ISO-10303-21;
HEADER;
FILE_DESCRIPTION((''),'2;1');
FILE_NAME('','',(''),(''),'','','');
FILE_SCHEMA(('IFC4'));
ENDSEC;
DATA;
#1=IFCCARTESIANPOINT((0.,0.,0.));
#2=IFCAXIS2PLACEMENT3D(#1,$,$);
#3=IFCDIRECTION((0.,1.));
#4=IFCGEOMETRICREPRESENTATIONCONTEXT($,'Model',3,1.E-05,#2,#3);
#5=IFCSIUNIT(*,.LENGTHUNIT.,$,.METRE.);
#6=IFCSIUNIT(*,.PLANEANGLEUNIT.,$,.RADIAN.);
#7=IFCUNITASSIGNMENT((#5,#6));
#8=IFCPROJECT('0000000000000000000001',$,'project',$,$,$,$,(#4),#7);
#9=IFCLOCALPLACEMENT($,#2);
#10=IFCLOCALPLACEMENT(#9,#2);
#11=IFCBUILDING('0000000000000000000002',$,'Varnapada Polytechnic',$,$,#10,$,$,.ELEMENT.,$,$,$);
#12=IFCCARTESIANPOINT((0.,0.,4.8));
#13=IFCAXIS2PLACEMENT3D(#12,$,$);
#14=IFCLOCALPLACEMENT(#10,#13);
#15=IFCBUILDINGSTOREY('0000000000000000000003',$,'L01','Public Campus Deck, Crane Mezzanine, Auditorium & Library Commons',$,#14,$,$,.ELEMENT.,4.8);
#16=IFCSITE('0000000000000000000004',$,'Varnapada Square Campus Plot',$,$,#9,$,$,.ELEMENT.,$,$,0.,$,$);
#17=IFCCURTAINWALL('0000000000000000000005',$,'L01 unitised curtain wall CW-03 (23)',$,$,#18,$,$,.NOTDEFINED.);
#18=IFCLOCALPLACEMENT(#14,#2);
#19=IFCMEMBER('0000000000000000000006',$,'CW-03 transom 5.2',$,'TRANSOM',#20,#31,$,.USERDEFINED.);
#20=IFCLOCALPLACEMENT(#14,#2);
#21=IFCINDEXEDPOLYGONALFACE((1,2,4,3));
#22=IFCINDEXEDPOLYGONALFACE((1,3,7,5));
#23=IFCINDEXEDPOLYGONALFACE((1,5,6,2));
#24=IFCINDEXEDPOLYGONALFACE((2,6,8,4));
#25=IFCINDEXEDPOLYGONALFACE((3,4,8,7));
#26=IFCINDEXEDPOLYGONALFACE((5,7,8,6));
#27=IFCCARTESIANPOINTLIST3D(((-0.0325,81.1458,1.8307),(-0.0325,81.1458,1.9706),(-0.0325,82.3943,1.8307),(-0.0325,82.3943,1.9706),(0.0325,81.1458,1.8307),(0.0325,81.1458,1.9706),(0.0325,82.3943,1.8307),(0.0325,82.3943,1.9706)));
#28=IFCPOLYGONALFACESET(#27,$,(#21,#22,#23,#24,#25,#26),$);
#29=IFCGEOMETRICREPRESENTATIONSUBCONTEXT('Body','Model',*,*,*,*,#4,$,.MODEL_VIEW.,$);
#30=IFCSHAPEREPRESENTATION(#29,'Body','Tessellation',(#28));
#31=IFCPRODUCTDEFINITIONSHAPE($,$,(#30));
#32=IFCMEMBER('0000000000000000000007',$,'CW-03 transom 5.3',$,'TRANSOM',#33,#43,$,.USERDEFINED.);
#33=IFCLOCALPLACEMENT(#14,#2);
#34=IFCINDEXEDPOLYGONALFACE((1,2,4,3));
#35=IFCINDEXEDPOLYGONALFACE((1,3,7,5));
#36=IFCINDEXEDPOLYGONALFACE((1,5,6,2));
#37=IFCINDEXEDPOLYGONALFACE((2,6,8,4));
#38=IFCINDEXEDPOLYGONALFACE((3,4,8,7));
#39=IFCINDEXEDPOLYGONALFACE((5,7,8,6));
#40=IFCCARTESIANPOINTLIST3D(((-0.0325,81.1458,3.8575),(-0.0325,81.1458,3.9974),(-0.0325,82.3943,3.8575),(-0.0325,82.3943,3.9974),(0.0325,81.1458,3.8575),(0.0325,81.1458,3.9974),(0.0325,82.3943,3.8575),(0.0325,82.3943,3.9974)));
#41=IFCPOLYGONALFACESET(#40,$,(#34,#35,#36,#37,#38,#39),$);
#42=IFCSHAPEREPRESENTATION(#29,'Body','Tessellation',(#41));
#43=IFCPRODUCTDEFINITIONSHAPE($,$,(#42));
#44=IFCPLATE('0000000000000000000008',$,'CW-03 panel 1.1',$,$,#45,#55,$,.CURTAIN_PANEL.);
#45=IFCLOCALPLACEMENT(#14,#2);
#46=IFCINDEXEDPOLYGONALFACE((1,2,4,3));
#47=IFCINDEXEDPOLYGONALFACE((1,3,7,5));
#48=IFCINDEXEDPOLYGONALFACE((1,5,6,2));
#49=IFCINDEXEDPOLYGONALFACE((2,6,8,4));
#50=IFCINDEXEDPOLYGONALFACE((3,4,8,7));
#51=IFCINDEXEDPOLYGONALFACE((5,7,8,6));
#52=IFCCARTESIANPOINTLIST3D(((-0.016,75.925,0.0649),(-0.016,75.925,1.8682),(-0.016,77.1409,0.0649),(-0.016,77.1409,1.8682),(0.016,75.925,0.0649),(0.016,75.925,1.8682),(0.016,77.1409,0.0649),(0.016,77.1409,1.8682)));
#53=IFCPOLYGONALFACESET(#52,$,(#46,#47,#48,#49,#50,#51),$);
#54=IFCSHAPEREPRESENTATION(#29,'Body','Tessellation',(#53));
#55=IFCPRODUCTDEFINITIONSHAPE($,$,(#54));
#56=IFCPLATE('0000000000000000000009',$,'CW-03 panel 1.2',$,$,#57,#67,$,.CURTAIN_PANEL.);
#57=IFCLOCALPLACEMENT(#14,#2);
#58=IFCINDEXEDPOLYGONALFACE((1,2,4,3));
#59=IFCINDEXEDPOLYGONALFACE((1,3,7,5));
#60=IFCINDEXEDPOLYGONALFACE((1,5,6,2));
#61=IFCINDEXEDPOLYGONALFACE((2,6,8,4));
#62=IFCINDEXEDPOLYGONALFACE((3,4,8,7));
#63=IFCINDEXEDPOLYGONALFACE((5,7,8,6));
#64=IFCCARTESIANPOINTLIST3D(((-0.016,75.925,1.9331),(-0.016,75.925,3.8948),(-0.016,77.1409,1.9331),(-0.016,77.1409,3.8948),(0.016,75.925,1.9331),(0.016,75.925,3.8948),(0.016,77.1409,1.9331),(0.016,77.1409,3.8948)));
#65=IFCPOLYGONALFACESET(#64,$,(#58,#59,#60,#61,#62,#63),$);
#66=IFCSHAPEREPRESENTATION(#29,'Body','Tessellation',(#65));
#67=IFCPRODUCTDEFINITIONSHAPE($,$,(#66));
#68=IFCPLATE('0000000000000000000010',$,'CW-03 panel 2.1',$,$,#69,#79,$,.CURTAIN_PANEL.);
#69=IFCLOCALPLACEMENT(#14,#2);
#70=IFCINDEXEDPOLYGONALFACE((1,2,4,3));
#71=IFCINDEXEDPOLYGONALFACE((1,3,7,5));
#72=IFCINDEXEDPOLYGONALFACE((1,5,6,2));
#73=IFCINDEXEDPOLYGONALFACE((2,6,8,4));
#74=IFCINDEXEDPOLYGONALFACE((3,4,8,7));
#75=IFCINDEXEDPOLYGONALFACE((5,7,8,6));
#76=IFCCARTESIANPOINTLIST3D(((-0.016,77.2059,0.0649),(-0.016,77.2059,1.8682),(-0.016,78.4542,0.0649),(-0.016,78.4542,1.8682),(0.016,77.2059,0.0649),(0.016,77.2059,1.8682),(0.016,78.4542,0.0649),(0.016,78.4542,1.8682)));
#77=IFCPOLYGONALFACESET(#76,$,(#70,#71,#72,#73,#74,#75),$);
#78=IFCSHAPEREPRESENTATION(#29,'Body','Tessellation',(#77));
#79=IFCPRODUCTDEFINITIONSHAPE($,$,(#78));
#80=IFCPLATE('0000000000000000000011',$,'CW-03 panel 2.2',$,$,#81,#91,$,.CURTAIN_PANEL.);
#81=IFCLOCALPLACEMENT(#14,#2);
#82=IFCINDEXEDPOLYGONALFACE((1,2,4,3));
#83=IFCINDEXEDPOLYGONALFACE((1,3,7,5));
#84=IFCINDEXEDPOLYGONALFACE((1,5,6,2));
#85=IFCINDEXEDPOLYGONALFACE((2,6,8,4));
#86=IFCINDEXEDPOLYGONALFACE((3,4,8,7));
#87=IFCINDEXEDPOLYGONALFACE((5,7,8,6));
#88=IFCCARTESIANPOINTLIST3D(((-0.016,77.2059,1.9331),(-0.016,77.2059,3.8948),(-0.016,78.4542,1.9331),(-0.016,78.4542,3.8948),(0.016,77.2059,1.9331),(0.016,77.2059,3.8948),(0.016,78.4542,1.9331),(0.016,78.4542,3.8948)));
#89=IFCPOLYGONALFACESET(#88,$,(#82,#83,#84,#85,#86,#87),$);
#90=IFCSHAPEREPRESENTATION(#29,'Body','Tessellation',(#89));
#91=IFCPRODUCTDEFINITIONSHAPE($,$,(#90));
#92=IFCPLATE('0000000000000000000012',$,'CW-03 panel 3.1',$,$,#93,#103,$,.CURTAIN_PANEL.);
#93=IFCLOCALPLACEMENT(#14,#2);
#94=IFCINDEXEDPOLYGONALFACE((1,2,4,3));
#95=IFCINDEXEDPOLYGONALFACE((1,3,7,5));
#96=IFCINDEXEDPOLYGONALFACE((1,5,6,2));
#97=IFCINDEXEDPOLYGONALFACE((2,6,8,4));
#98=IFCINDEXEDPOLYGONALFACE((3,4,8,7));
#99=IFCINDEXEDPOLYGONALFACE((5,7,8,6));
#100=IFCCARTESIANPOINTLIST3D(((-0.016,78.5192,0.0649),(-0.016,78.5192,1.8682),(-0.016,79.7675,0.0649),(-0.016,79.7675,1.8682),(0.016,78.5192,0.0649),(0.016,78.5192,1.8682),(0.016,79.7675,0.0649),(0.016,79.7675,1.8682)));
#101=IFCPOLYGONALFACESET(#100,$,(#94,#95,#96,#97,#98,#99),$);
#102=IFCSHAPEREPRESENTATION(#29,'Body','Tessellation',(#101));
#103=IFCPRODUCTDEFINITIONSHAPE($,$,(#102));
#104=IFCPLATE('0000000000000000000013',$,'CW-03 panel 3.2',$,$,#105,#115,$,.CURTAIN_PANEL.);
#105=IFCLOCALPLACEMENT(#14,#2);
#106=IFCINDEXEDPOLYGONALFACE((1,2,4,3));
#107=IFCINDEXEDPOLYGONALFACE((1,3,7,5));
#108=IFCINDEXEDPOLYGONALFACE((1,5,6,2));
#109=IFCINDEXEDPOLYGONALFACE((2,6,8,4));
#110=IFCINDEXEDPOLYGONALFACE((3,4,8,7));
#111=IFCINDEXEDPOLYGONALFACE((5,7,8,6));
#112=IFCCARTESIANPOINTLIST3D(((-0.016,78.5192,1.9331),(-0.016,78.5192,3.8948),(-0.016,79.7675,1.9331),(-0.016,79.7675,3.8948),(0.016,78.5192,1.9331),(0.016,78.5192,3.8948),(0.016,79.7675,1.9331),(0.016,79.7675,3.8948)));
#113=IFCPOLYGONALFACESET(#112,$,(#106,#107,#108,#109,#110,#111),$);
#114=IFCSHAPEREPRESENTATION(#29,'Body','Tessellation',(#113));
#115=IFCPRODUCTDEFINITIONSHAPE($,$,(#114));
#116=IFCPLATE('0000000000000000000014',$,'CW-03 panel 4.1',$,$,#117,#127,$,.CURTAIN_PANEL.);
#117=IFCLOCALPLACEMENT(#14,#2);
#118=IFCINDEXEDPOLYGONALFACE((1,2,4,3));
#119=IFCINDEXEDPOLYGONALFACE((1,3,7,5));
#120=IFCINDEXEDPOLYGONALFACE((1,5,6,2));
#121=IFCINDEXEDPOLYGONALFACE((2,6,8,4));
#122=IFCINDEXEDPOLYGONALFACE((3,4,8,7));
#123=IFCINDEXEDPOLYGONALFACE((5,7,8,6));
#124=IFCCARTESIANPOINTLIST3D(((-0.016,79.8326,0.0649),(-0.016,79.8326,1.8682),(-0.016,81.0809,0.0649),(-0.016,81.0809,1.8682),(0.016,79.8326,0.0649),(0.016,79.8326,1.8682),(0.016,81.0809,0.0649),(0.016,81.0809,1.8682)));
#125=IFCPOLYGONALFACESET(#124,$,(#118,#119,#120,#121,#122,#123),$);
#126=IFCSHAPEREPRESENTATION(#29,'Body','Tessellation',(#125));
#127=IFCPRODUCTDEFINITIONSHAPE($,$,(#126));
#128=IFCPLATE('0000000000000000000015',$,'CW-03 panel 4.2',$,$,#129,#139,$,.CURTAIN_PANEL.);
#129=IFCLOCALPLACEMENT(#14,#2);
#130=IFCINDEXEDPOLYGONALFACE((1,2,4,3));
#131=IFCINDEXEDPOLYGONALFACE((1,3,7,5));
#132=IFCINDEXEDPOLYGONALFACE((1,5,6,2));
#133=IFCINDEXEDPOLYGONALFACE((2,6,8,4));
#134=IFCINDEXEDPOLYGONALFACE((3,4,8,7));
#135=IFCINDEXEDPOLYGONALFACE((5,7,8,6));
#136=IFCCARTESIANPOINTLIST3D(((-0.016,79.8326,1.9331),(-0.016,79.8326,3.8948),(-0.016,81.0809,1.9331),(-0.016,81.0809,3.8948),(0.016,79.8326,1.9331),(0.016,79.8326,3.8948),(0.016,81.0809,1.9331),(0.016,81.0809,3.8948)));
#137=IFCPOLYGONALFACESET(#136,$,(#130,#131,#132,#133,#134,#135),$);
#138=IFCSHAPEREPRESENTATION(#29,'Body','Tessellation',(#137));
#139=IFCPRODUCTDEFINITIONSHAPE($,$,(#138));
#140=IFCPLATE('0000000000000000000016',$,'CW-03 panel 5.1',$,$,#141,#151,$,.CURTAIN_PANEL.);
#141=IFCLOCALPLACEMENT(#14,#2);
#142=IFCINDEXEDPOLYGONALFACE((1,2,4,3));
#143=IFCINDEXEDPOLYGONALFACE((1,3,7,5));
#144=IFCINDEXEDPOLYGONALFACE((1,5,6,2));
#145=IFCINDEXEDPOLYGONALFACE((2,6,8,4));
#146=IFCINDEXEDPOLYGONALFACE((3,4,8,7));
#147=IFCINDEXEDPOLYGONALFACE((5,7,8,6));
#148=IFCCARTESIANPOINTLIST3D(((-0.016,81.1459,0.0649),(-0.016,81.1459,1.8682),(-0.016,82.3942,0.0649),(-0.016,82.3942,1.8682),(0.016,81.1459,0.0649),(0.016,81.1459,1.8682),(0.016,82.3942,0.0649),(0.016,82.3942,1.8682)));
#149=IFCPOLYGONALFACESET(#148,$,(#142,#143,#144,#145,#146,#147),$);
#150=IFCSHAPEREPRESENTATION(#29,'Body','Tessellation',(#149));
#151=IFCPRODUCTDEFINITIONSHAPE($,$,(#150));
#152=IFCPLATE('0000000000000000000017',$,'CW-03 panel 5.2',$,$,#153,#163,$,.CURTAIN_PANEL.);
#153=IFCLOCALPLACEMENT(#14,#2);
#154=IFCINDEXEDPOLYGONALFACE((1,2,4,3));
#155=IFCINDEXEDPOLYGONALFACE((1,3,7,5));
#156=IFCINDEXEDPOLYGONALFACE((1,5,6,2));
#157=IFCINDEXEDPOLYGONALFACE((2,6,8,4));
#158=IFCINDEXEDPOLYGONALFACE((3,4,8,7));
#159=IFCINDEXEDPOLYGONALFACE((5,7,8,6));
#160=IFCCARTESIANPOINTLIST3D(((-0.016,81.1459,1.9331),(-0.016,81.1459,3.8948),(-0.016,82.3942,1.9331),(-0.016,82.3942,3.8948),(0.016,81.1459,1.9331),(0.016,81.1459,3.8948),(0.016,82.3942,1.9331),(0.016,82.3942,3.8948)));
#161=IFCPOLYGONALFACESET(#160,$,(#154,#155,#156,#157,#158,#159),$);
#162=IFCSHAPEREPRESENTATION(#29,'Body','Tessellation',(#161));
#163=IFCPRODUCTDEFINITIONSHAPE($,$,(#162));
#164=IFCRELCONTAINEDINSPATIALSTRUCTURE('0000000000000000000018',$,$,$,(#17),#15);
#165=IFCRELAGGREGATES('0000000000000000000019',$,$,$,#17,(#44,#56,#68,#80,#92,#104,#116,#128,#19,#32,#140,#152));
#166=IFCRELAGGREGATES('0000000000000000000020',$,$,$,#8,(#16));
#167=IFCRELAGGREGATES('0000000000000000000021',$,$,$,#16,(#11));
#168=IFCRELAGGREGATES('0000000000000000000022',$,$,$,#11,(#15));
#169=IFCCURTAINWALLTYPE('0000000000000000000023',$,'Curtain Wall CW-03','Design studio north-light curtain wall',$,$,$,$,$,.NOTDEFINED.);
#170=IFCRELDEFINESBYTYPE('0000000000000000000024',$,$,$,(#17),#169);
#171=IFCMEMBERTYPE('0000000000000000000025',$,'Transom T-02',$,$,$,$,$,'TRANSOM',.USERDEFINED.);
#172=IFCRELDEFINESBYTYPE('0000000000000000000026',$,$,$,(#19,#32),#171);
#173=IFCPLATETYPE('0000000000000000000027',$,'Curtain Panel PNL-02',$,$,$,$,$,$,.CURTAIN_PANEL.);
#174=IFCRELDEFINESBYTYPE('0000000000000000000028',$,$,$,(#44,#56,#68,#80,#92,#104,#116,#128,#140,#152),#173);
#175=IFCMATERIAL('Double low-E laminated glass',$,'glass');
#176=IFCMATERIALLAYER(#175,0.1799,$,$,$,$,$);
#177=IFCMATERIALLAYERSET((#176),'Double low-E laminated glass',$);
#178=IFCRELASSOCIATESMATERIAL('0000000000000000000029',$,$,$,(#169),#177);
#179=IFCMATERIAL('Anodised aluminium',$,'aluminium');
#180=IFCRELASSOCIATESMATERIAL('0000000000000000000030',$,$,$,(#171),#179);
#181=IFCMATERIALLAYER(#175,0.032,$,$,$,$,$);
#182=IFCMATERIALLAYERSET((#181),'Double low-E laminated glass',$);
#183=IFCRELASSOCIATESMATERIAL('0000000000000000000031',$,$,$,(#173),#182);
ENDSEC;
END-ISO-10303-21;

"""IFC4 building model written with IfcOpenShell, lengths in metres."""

from ifc_helpers import new_model, si_unit, direction, frame, origin, origin_2d, place, context, subcontext, project, spatial, rectangle, extrude, material, layer, layer_set, material_profile, profile_set, type_object, element, aggregate, save


model = new_model("IFC4")

# Units and contexts
model_context = context("Model", 3, precision=1e-05, world=origin(), true_north=direction((0.0, 1.0)))
body_context = subcontext(model_context, "Body", "Model", "MODEL_VIEW")
ifc_project = project(units=[si_unit("LENGTHUNIT", "METRE"), si_unit("PLANEANGLEUNIT", "RADIAN")], contexts=[model_context])

# Site, building, storey
site_placement = place(None, origin())
site = spatial("IfcSite", under=ifc_project, at=site_placement, Name="Varnapada Square Campus Plot", CompositionType="ELEMENT", RefElevation=0.0)
building_placement = place(site_placement, origin())
building = spatial("IfcBuilding", under=site, at=building_placement, Name="Varnapada Polytechnic", CompositionType="ELEMENT")
storey_placement = place(building_placement, frame((0.0, 0.0, 4.8)))
storey = spatial("IfcBuildingStorey", under=building, at=storey_placement, Name="L01", Description="Public Campus Deck, Crane Mezzanine, Auditorium & Library Commons", CompositionType="ELEMENT", Elevation=4.8)

# Curtain wall, members, plates
ifc_material_1 = material(Name="Double low-E laminated glass", Category="glass")
ifc_layer_1 = layer(ifc_material_1, 0.1799)
ifc_layer_set_1 = layer_set([ifc_layer_1], Name="Double low-E laminated glass")
curtain_wall_type = type_object("IfcCurtainWallType", Name="Curtain Wall CW-03", Description="Design studio north-light curtain wall", PredefinedType="NOTDEFINED", material=ifc_layer_set_1)
curtain_wall_placement = place(storey_placement, origin())
curtain_wall = element("IfcCurtainWall", 1, at=curtain_wall_placement, inside=storey, type_object=curtain_wall_type, Name="L01 unitised curtain wall CW-03 (23)", PredefinedType="NOTDEFINED")
ifc_material_2 = material(Name="Anodised aluminium", Category="aluminium")
ifc_material_profile_1 = material_profile(ifc_material_2, rectangle(XDim=0.0649, YDim=0.1399, at=origin_2d()), Name="ALU T65x140")
ifc_profile_set_1 = profile_set([ifc_material_profile_1], Name="Anodised aluminium")
member_type_1 = type_object("IfcMemberType", Name="Transom T-02", ElementType="TRANSOM", PredefinedType="USERDEFINED", material=ifc_profile_set_1)
member_1_placement = place(storey_placement, frame((0.0, 81.1458, 1.9006), z_axis=(0.0, 1.0, 0.0), x_axis=(-1.0, 0.0, 0.0)))
member_1 = element("IfcMember", 2, at=member_1_placement, type_object=member_type_1, Name="CW-03 transom 5.2", ObjectType="TRANSOM", PredefinedType="USERDEFINED", context=body_context, shape_type="SweptSolid", body=[
    extrude(rectangle(XDim=0.0649, YDim=0.1399, at=origin_2d()), origin(), (0.0, 0.0, 1.0), 1.2485),
])
member_2_placement = place(storey_placement, frame((0.0, 81.1458, 3.9275), z_axis=(0.0, 1.0, 0.0), x_axis=(-1.0, 0.0, 0.0)))
member_2 = element("IfcMember", 3, at=member_2_placement, type_object=member_type_1, Name="CW-03 transom 5.3", ObjectType="TRANSOM", PredefinedType="USERDEFINED", context=body_context, shape_type="SweptSolid", body=[
    extrude(rectangle(XDim=0.0649, YDim=0.1399, at=origin_2d()), origin(), (0.0, 0.0, 1.0), 1.2485),
])
ifc_layer_2 = layer(ifc_material_1, 0.032)
ifc_layer_set_2 = layer_set([ifc_layer_2], Name="Double low-E laminated glass")
plate_type = type_object("IfcPlateType", Name="Curtain Panel PNL-02", PredefinedType="CURTAIN_PANEL", material=ifc_layer_set_2)
plate_1_placement = place(storey_placement, frame((0.0, 76.533, 0.0649), z_axis=(0.0, 0.0, 1.0), x_axis=(0.0, 1.0, 0.0)))
plate_1 = element("IfcPlate", 4, at=plate_1_placement, type_object=plate_type, Name="CW-03 panel 1.1", PredefinedType="CURTAIN_PANEL", context=body_context, shape_type="SweptSolid", body=[
    extrude(rectangle(XDim=1.2158, YDim=0.032, at=origin_2d()), origin(), (0.0, 0.0, 1.0), 1.8032),
])
plate_2_placement = place(storey_placement, frame((0.0, 76.533, 1.9331), z_axis=(0.0, 0.0, 1.0), x_axis=(0.0, 1.0, 0.0)))
plate_2 = element("IfcPlate", 5, at=plate_2_placement, type_object=plate_type, Name="CW-03 panel 1.2", PredefinedType="CURTAIN_PANEL", context=body_context, shape_type="SweptSolid", body=[
    extrude(rectangle(XDim=1.2158, YDim=0.032, at=origin_2d()), origin(), (0.0, 0.0, 1.0), 1.9617),
])
plate_3_placement = place(storey_placement, frame((0.0, 77.8301, 0.0649), z_axis=(0.0, 0.0, 1.0), x_axis=(0.0, 1.0, 0.0)))
plate_3 = element("IfcPlate", 6, at=plate_3_placement, type_object=plate_type, Name="CW-03 panel 2.1", PredefinedType="CURTAIN_PANEL", context=body_context, shape_type="SweptSolid", body=[
    extrude(rectangle(XDim=1.2483, YDim=0.032, at=origin_2d()), origin(), (0.0, 0.0, 1.0), 1.8032),
])
plate_4_placement = place(storey_placement, frame((0.0, 77.8301, 1.9331), z_axis=(0.0, 0.0, 1.0), x_axis=(0.0, 1.0, 0.0)))
plate_4 = element("IfcPlate", 7, at=plate_4_placement, type_object=plate_type, Name="CW-03 panel 2.2", PredefinedType="CURTAIN_PANEL", context=body_context, shape_type="SweptSolid", body=[
    extrude(rectangle(XDim=1.2483, YDim=0.032, at=origin_2d()), origin(), (0.0, 0.0, 1.0), 1.9617),
])
plate_5_placement = place(storey_placement, frame((0.0, 79.1433, 0.0649), z_axis=(0.0, 0.0, 1.0), x_axis=(0.0, 1.0, 0.0)))
plate_5 = element("IfcPlate", 8, at=plate_5_placement, type_object=plate_type, Name="CW-03 panel 3.1", PredefinedType="CURTAIN_PANEL", context=body_context, shape_type="SweptSolid", body=[
    extrude(rectangle(XDim=1.2483, YDim=0.032, at=origin_2d()), origin(), (0.0, 0.0, 1.0), 1.8032),
])
plate_6_placement = place(storey_placement, frame((0.0, 79.1433, 1.9331), z_axis=(0.0, 0.0, 1.0), x_axis=(0.0, 1.0, 0.0)))
plate_6 = element("IfcPlate", 9, at=plate_6_placement, type_object=plate_type, Name="CW-03 panel 3.2", PredefinedType="CURTAIN_PANEL", context=body_context, shape_type="SweptSolid", body=[
    extrude(rectangle(XDim=1.2483, YDim=0.032, at=origin_2d()), origin(), (0.0, 0.0, 1.0), 1.9617),
])
plate_7_placement = place(storey_placement, frame((0.0, 80.4568, 0.0649), z_axis=(0.0, 0.0, 1.0), x_axis=(0.0, 1.0, 0.0)))
plate_7 = element("IfcPlate", 10, at=plate_7_placement, type_object=plate_type, Name="CW-03 panel 4.1", PredefinedType="CURTAIN_PANEL", context=body_context, shape_type="SweptSolid", body=[
    extrude(rectangle(XDim=1.2483, YDim=0.032, at=origin_2d()), origin(), (0.0, 0.0, 1.0), 1.8032),
])
plate_8_placement = place(storey_placement, frame((0.0, 80.4568, 1.9331), z_axis=(0.0, 0.0, 1.0), x_axis=(0.0, 1.0, 0.0)))
plate_8 = element("IfcPlate", 11, at=plate_8_placement, type_object=plate_type, Name="CW-03 panel 4.2", PredefinedType="CURTAIN_PANEL", context=body_context, shape_type="SweptSolid", body=[
    extrude(rectangle(XDim=1.2483, YDim=0.032, at=origin_2d()), origin(), (0.0, 0.0, 1.0), 1.9617),
])
plate_9_placement = place(storey_placement, frame((0.0, 81.77, 0.0649), z_axis=(0.0, 0.0, 1.0), x_axis=(0.0, 1.0, 0.0)))
plate_9 = element("IfcPlate", 12, at=plate_9_placement, type_object=plate_type, Name="CW-03 panel 5.1", PredefinedType="CURTAIN_PANEL", context=body_context, shape_type="SweptSolid", body=[
    extrude(rectangle(XDim=1.2483, YDim=0.032, at=origin_2d()), origin(), (0.0, 0.0, 1.0), 1.8032),
])
plate_10_placement = place(storey_placement, frame((0.0, 81.77, 1.9331), z_axis=(0.0, 0.0, 1.0), x_axis=(0.0, 1.0, 0.0)))
plate_10 = element("IfcPlate", 13, at=plate_10_placement, type_object=plate_type, Name="CW-03 panel 5.2", PredefinedType="CURTAIN_PANEL", context=body_context, shape_type="SweptSolid", body=[
    extrude(rectangle(XDim=1.2483, YDim=0.032, at=origin_2d()), origin(), (0.0, 0.0, 1.0), 1.9617),
])
aggregate(curtain_wall, [plate_1, plate_2, plate_3, plate_4, plate_5, plate_6, plate_7, plate_8, member_1, member_2, plate_9, plate_10])

save(model, "model.ifc")
